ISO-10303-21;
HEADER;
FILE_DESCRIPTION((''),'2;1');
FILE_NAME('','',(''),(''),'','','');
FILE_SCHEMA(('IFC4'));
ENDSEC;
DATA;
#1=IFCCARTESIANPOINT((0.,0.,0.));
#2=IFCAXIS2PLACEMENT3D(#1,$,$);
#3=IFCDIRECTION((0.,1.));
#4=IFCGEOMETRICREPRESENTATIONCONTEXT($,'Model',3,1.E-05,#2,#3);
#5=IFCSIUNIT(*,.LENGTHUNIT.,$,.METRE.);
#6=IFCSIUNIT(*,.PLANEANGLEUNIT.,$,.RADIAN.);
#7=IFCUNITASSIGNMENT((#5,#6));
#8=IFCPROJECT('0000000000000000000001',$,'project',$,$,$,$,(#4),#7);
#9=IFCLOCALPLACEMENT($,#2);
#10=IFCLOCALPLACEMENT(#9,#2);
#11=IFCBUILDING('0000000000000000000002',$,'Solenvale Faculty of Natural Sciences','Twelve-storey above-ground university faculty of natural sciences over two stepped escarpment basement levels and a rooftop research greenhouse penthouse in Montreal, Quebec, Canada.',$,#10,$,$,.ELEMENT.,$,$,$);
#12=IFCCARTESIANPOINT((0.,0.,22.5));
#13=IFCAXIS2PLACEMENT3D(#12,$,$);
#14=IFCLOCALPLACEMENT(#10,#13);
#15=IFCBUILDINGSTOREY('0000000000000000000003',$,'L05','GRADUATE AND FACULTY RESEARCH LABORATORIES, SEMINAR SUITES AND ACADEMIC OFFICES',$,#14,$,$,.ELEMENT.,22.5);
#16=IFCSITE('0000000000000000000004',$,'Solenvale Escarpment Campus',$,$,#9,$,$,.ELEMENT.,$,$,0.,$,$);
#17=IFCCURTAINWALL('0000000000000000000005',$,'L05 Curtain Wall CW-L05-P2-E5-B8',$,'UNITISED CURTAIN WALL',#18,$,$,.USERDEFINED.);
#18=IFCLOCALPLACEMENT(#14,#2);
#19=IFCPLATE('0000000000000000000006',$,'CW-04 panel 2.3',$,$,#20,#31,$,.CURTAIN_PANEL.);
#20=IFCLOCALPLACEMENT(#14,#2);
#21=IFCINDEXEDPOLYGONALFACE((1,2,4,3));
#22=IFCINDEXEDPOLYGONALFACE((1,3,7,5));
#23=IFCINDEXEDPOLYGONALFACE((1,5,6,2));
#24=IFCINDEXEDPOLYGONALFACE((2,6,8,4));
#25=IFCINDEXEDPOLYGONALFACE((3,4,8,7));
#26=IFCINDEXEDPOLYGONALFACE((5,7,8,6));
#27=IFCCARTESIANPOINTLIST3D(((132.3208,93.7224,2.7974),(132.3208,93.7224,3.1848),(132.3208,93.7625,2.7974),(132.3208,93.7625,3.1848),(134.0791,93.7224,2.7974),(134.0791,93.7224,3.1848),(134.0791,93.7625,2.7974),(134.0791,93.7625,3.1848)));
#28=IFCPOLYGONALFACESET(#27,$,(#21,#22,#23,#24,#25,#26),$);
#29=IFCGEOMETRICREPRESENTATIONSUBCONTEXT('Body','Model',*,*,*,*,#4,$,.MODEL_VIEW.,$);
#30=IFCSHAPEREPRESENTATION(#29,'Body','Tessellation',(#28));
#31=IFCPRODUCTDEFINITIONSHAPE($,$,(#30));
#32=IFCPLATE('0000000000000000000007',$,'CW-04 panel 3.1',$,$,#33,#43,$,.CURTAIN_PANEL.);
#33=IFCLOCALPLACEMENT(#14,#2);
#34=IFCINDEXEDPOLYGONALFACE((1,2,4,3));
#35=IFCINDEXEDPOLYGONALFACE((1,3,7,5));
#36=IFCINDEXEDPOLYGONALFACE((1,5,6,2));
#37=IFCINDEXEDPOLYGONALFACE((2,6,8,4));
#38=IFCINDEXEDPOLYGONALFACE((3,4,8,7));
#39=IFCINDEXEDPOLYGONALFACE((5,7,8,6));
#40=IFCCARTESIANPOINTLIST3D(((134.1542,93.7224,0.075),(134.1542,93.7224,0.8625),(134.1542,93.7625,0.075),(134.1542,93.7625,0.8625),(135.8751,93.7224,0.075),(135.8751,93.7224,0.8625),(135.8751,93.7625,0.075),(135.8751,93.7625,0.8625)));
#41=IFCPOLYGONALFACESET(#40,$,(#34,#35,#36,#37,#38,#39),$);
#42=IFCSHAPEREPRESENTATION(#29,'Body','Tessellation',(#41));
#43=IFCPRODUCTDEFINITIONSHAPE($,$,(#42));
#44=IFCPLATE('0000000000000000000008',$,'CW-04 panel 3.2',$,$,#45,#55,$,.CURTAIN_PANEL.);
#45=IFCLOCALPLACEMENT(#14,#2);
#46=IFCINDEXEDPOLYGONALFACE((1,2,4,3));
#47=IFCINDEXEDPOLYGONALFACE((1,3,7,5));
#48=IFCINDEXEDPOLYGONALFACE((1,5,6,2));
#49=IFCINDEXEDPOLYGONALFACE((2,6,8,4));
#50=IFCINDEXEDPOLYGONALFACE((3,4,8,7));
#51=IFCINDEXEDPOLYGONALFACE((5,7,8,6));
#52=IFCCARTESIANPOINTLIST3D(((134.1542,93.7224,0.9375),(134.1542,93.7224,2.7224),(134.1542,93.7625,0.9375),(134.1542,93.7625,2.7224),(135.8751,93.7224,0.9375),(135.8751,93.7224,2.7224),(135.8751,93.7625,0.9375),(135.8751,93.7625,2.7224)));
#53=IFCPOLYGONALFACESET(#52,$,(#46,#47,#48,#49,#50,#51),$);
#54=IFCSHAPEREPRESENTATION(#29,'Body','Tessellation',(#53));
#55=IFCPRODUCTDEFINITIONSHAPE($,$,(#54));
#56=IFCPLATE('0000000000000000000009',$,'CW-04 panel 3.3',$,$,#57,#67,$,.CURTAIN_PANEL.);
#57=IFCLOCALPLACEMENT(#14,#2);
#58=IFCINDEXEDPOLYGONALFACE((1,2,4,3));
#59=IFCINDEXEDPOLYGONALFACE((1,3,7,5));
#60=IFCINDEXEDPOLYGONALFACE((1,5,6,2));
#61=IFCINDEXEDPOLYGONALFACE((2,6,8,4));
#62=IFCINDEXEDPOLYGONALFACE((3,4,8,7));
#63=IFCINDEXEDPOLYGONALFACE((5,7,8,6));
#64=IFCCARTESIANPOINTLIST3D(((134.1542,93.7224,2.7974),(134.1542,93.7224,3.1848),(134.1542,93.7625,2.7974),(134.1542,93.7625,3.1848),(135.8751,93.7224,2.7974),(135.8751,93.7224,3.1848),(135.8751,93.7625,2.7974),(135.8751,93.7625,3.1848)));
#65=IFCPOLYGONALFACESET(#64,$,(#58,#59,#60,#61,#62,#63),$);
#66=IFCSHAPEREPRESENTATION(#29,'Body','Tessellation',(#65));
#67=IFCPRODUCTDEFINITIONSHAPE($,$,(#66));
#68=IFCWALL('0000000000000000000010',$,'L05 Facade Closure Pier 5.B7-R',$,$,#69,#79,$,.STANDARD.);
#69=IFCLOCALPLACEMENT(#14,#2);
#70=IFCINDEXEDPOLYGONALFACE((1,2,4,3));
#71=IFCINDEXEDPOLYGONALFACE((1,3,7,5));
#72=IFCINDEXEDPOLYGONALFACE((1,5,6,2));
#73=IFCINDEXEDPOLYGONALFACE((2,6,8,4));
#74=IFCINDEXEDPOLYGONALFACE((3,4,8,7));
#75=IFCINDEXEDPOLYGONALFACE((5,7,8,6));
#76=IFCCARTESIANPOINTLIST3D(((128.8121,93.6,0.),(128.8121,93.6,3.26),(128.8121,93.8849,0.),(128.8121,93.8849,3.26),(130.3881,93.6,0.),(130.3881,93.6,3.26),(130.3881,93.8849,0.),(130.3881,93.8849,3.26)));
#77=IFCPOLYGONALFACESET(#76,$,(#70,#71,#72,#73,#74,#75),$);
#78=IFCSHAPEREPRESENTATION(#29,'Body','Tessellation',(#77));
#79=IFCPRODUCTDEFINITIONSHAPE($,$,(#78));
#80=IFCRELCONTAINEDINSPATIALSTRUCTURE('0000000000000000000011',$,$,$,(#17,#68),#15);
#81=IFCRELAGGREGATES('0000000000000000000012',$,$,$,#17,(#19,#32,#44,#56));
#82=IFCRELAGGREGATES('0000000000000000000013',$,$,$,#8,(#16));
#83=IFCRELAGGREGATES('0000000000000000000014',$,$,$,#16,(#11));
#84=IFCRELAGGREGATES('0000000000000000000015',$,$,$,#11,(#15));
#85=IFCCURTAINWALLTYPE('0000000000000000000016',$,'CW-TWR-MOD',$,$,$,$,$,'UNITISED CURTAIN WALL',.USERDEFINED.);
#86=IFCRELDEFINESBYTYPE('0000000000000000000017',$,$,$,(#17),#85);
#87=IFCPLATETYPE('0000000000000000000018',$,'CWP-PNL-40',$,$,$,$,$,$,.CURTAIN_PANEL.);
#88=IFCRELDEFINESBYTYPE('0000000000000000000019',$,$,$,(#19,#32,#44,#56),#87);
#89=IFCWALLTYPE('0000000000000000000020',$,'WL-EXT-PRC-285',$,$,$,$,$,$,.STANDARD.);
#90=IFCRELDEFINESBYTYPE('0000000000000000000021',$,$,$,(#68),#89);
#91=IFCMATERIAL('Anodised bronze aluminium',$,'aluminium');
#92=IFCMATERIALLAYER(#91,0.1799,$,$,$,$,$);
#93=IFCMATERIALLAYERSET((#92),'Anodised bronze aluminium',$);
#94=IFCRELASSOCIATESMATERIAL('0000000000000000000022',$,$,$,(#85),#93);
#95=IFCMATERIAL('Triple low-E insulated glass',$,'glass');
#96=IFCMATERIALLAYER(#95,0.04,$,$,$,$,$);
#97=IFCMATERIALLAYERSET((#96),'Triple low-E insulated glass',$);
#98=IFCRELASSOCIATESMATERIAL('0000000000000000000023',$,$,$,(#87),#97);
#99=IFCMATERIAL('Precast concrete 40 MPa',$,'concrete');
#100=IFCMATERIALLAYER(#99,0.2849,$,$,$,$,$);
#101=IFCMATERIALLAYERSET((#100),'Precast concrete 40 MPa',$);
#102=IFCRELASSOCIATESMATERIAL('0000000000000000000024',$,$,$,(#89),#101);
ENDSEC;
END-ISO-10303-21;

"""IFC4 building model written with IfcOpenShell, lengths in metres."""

from ifc_helpers import new_model, si_unit, direction, frame, frame_2d, origin, origin_2d, place, context, subcontext, project, spatial, rectangle, extrude, material, layer, layer_set, type_object, element, aggregate, save


model = new_model("IFC4")

# Units and contexts
model_context = context("Model", 3, precision=1e-05, world=origin(), true_north=direction((0.0, 1.0)))
body_context = subcontext(model_context, "Body", "Model", "MODEL_VIEW")
ifc_project = project(units=[si_unit("LENGTHUNIT", "METRE"), si_unit("PLANEANGLEUNIT", "RADIAN")], contexts=[model_context])

# Site, building, storey
site_placement = place(None, origin())
site = spatial("IfcSite", under=ifc_project, at=site_placement, Name="Solenvale Escarpment Campus", CompositionType="ELEMENT", RefElevation=0.0)
building_placement = place(site_placement, origin())
building = spatial("IfcBuilding", under=site, at=building_placement, Name="Solenvale Faculty of Natural Sciences", Description="Twelve-storey above-ground university faculty of natural sciences over two stepped escarpment basement levels and a rooftop research greenhouse penthouse in Montreal, Quebec, Canada.", CompositionType="ELEMENT")
storey_placement = place(building_placement, frame((0.0, 0.0, 22.5)))
storey = spatial("IfcBuildingStorey", under=building, at=storey_placement, Name="L05", Description="GRADUATE AND FACULTY RESEARCH LABORATORIES, SEMINAR SUITES AND ACADEMIC OFFICES", CompositionType="ELEMENT", Elevation=22.5)

# Curtain wall
ifc_material_1 = material(Name="Anodised bronze aluminium", Category="aluminium")
ifc_layer_1 = layer(ifc_material_1, 0.1799)
ifc_layer_set_1 = layer_set([ifc_layer_1], Name="Anodised bronze aluminium")
curtain_wall_type = type_object("IfcCurtainWallType", Name="CW-TWR-MOD", ElementType="UNITISED CURTAIN WALL", PredefinedType="USERDEFINED", material=ifc_layer_set_1)
curtain_wall_1_placement = place(storey_placement, origin())
curtain_wall_1 = element("IfcCurtainWall", 1, at=curtain_wall_1_placement, inside=storey, type_object=curtain_wall_type, Name="L05 Curtain Wall CW-L05-P2-E5-B8", ObjectType="UNITISED CURTAIN WALL", PredefinedType="USERDEFINED")

# Plates
ifc_material_2 = material(Name="Triple low-E insulated glass", Category="glass")
ifc_layer_2 = layer(ifc_material_2, 0.04)
ifc_layer_set_2 = layer_set([ifc_layer_2], Name="Triple low-E insulated glass")
plate_type_1 = type_object("IfcPlateType", Name="CWP-PNL-40", PredefinedType="CURTAIN_PANEL", material=ifc_layer_set_2)
plate_1_placement = place(storey_placement, frame((133.2, 93.7424, 2.7974), z_axis=(0.0, 0.0, 1.0), x_axis=(1.0, 0.0, 0.0)))
plate_1 = element("IfcPlate", 2, at=plate_1_placement, type_object=plate_type_1, Name="CW-04 panel 2.3", PredefinedType="CURTAIN_PANEL", context=body_context, shape_type="SweptSolid", body=[
    extrude(rectangle(XDim=1.7583, YDim=0.04, at=origin_2d()), origin(), (0.0, 0.0, 1.0), 0.3875),
])
plate_2_placement = place(storey_placement, frame((135.0146, 93.7424, 0.075), z_axis=(0.0, 0.0, 1.0), x_axis=(1.0, 0.0, 0.0)))
plate_2 = element("IfcPlate", 3, at=plate_2_placement, type_object=plate_type_1, Name="CW-04 panel 3.1", PredefinedType="CURTAIN_PANEL", context=body_context, shape_type="SweptSolid", body=[
    extrude(rectangle(XDim=1.7209, YDim=0.04, at=origin_2d()), origin(), (0.0, 0.0, 1.0), 0.7876),
])
plate_3_placement = place(storey_placement, frame((135.0146, 93.7424, 0.9375), z_axis=(0.0, 0.0, 1.0), x_axis=(1.0, 0.0, 0.0)))
plate_3 = element("IfcPlate", 4, at=plate_3_placement, type_object=plate_type_1, Name="CW-04 panel 3.2", PredefinedType="CURTAIN_PANEL", context=body_context, shape_type="SweptSolid", body=[
    extrude(rectangle(XDim=1.7209, YDim=0.04, at=origin_2d()), origin(), (0.0, 0.0, 1.0), 1.7849),
])
plate_4_placement = place(storey_placement, frame((135.0146, 93.7424, 2.7974), z_axis=(0.0, 0.0, 1.0), x_axis=(1.0, 0.0, 0.0)))
plate_4 = element("IfcPlate", 5, at=plate_4_placement, type_object=plate_type_1, Name="CW-04 panel 3.3", PredefinedType="CURTAIN_PANEL", context=body_context, shape_type="SweptSolid", body=[
    extrude(rectangle(XDim=1.7209, YDim=0.04, at=origin_2d()), origin(), (0.0, 0.0, 1.0), 0.3875),
])
aggregate(curtain_wall_1, [plate_1, plate_2, plate_3, plate_4])

# Wall
ifc_material_3 = material(Name="Precast concrete 40 MPa", Category="concrete")
ifc_layer_3 = layer(ifc_material_3, 0.2849)
ifc_layer_set_3 = layer_set([ifc_layer_3], Name="Precast concrete 40 MPa")
wall_type = type_object("IfcWallType", Name="WL-EXT-PRC-285", PredefinedType="STANDARD", material=ifc_layer_set_3)
wall_placement = place(storey_placement, frame((128.812, 93.7424, 0.0), z_axis=(0.0, 0.0, 1.0), x_axis=(1.0, 0.0, 0.0)))
element("IfcWall", 6, at=wall_placement, inside=storey, type_object=wall_type, Name="L05 Facade Closure Pier 5.B7-R", PredefinedType="STANDARD", context=body_context, shape_type="SweptSolid", body=[
    extrude(rectangle(XDim=1.5759, YDim=0.2849, at=frame_2d((0.7881, 0.0))), origin(), (0.0, 0.0, 1.0), 3.26),
])

save(model, "model.ifc")
